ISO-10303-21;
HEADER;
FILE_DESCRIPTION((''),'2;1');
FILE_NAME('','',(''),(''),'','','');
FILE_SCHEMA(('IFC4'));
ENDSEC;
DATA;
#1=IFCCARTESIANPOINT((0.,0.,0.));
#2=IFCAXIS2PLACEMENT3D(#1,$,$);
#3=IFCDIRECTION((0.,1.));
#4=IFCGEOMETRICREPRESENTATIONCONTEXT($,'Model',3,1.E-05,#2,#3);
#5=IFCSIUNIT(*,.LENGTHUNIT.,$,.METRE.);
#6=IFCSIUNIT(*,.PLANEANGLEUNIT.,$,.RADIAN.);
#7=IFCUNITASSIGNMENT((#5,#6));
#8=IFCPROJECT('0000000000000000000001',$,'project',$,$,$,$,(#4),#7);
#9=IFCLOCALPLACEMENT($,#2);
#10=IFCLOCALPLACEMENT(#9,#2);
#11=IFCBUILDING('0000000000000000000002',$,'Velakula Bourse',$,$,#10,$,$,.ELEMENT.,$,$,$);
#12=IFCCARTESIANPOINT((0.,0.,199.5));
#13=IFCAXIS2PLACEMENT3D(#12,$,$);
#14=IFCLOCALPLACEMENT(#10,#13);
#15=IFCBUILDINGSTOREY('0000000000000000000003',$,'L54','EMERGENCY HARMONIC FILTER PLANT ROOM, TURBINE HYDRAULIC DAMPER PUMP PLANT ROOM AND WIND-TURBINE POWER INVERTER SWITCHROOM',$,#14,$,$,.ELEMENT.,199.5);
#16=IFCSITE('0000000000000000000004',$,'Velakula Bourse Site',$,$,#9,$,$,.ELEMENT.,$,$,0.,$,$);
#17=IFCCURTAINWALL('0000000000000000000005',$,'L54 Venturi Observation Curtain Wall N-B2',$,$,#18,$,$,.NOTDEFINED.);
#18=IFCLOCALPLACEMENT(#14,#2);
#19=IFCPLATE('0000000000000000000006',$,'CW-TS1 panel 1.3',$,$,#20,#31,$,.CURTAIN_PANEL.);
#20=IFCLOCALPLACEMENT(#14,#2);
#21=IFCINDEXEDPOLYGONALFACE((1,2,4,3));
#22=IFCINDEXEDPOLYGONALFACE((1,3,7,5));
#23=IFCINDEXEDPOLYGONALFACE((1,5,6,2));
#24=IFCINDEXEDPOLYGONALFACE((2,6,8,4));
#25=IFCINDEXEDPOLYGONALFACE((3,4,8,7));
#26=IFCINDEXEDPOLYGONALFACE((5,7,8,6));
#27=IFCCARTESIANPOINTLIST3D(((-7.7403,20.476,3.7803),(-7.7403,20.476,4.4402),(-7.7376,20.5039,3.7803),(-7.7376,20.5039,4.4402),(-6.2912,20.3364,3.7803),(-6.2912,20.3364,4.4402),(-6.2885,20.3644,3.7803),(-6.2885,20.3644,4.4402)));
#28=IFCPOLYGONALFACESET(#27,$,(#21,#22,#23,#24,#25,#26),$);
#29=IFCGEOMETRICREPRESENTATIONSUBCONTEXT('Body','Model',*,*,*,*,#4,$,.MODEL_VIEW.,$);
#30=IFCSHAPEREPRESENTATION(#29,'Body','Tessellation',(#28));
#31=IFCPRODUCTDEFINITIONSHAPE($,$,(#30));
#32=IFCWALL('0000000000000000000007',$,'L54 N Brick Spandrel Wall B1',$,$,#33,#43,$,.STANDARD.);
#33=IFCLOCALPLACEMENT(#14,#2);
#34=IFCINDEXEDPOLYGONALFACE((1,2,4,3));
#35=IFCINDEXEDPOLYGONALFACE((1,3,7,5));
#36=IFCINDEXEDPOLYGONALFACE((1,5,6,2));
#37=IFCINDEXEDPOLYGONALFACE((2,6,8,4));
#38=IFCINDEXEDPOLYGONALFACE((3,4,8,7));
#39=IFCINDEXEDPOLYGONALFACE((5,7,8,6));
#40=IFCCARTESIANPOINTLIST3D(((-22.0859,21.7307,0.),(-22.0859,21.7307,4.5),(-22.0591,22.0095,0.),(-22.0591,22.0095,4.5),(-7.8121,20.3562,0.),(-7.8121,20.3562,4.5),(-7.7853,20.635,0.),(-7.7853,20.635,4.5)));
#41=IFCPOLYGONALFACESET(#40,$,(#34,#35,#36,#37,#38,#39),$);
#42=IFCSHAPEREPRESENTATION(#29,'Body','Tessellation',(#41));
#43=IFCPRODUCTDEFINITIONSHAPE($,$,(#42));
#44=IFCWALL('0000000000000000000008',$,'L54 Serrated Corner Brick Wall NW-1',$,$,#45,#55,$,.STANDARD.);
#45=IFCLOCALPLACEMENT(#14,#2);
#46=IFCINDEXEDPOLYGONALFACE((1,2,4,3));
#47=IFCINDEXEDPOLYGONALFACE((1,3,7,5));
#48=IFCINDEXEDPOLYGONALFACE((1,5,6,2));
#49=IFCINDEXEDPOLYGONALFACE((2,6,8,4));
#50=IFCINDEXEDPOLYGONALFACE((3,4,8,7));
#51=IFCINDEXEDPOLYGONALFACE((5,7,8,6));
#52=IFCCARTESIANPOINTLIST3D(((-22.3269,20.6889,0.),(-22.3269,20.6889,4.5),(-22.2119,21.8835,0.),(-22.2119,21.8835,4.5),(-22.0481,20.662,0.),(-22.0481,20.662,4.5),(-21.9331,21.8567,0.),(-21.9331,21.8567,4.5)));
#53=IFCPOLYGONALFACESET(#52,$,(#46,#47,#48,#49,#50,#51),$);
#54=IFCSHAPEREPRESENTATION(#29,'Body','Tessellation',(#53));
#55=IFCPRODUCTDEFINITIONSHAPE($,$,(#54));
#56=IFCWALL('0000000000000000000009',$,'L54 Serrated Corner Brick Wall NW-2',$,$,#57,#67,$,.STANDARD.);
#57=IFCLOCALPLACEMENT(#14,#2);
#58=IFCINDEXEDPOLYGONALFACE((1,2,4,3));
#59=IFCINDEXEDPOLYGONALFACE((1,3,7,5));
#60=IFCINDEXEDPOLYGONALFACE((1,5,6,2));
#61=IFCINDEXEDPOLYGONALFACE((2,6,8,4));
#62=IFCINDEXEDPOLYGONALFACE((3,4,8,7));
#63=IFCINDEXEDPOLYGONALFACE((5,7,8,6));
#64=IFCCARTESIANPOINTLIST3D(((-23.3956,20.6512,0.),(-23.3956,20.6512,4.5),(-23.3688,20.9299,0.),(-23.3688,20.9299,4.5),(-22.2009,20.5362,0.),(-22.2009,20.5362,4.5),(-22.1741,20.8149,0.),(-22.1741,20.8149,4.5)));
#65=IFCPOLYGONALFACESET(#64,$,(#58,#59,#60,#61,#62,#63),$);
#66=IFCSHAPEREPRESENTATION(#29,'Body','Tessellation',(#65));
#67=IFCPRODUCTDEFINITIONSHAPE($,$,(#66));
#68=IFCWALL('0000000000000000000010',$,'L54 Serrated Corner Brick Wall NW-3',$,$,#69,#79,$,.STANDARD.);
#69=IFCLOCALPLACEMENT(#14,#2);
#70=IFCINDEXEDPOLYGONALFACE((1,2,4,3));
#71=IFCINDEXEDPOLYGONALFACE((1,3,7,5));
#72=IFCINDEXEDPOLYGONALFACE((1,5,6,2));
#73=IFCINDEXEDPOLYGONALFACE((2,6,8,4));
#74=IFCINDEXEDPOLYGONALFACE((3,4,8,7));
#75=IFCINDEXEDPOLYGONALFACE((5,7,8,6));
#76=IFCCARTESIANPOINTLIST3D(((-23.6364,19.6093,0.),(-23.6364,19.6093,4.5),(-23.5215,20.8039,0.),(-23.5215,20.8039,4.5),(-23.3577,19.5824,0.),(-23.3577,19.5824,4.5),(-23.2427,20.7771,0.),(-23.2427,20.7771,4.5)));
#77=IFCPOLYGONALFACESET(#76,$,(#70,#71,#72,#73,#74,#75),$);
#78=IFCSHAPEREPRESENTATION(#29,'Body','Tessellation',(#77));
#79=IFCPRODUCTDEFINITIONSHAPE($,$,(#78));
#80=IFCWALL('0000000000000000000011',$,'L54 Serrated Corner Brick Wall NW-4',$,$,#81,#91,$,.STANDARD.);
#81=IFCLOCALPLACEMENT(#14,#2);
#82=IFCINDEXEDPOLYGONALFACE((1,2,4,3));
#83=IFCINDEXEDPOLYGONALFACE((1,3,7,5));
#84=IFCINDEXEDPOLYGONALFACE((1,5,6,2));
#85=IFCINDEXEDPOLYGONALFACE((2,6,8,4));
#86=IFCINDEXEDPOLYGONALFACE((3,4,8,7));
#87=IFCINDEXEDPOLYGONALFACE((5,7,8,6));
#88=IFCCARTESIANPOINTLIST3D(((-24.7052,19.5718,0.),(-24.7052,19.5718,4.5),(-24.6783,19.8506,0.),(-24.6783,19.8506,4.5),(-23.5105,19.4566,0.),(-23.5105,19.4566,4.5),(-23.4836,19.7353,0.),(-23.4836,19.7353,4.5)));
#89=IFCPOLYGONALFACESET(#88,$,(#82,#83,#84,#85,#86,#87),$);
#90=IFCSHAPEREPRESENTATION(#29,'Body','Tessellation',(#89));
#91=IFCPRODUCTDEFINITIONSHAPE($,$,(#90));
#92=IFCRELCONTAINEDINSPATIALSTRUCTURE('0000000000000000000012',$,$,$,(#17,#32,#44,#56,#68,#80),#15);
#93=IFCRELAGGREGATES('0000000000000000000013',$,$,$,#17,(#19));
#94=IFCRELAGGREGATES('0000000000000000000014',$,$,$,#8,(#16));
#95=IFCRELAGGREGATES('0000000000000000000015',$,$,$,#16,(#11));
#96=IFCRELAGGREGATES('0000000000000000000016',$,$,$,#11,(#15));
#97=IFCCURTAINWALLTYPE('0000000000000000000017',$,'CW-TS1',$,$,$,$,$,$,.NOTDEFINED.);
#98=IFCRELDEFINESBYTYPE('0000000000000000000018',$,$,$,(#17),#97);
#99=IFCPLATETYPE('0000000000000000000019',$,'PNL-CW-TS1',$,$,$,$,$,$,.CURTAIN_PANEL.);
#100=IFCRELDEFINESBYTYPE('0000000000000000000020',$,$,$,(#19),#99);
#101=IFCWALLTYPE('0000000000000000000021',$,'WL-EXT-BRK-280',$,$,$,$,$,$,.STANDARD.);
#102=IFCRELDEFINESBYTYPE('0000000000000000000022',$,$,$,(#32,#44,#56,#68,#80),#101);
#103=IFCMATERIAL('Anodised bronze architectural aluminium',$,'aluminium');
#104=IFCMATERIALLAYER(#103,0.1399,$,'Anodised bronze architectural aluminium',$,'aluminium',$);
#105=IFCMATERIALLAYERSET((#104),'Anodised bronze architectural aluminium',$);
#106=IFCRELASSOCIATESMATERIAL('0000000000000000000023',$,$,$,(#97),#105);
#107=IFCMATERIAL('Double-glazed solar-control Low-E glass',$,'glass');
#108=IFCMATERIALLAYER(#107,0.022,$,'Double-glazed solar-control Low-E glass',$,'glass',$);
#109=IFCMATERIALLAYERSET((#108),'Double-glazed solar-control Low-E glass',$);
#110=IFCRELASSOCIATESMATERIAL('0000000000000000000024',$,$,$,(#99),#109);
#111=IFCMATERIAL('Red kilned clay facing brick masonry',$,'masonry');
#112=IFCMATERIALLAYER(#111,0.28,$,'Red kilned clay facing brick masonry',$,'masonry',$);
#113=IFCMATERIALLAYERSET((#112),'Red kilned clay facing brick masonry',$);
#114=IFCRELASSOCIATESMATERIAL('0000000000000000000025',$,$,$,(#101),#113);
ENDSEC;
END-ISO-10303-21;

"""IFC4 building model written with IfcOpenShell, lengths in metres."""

from ifc_helpers import new_model, si_unit, direction, frame, frame_2d, origin, origin_2d, place, context, subcontext, project, spatial, rectangle, extrude, material, layer, layer_set, type_object, element, aggregate, save


model = new_model("IFC4")

# Units and contexts
model_context = context("Model", 3, precision=1e-05, world=origin(), true_north=direction((0.0, 1.0)))
body_context = subcontext(model_context, "Body", "Model", "MODEL_VIEW")
ifc_project = project(units=[si_unit("LENGTHUNIT", "METRE"), si_unit("PLANEANGLEUNIT", "RADIAN")], contexts=[model_context])

# Site, building, storey
site_placement = place(None, origin())
site = spatial("IfcSite", under=ifc_project, at=site_placement, Name="Velakula Bourse Site", CompositionType="ELEMENT", RefElevation=0.0)
building_placement = place(site_placement, origin())
building = spatial("IfcBuilding", under=site, at=building_placement, Name="Velakula Bourse", CompositionType="ELEMENT")
storey_placement = place(building_placement, frame((0.0, 0.0, 199.5)))
storey = spatial("IfcBuildingStorey", under=building, at=storey_placement, Name="L54", Description="EMERGENCY HARMONIC FILTER PLANT ROOM, TURBINE HYDRAULIC DAMPER PUMP PLANT ROOM AND WIND-TURBINE POWER INVERTER SWITCHROOM", CompositionType="ELEMENT", Elevation=199.5)

# Curtain wall
ifc_material_1 = material(Name="Anodised bronze architectural aluminium", Category="aluminium")
ifc_layer_1 = layer(ifc_material_1, 0.1399, Name="Anodised bronze architectural aluminium", Category="aluminium")
ifc_layer_set_1 = layer_set([ifc_layer_1], Name="Anodised bronze architectural aluminium")
curtain_wall_type = type_object("IfcCurtainWallType", Name="CW-TS1", PredefinedType="NOTDEFINED", material=ifc_layer_set_1)
curtain_wall_placement = place(storey_placement, origin())
curtain_wall = element("IfcCurtainWall", 1, at=curtain_wall_placement, inside=storey, type_object=curtain_wall_type, Name="L54 Venturi Observation Curtain Wall N-B2", PredefinedType="NOTDEFINED")

# Plate
ifc_material_2 = material(Name="Double-glazed solar-control Low-E glass", Category="glass")
ifc_layer_2 = layer(ifc_material_2, 0.022, Name="Double-glazed solar-control Low-E glass", Category="glass")
ifc_layer_set_2 = layer_set([ifc_layer_2], Name="Double-glazed solar-control Low-E glass")
plate_type_1 = type_object("IfcPlateType", Name="PNL-CW-TS1", PredefinedType="CURTAIN_PANEL", material=ifc_layer_set_2)
plate_1_placement = place(storey_placement, frame((-7.0144, 20.4202, 3.7803), z_axis=(0.0, 0.0, 1.0), x_axis=(0.995396, -0.095849, 0.0)))
plate_1 = element("IfcPlate", 2, at=plate_1_placement, type_object=plate_type_1, Name="CW-TS1 panel 1.3", PredefinedType="CURTAIN_PANEL", context=body_context, shape_type="SweptSolid", body=[
    extrude(rectangle(XDim=1.4558, YDim=0.0281, at=origin_2d()), origin(), (0.0, 0.0, 1.0), 0.6599),
])
aggregate(curtain_wall, [plate_1])

# Walls
ifc_material_3 = material(Name="Red kilned clay facing brick masonry", Category="masonry")
ifc_layer_3 = layer(ifc_material_3, 0.28, Name="Red kilned clay facing brick masonry", Category="masonry")
ifc_layer_set_3 = layer_set([ifc_layer_3], Name="Red kilned clay facing brick masonry")
wall_type = type_object("IfcWallType", Name="WL-EXT-BRK-280", PredefinedType="STANDARD", material=ifc_layer_set_3)
wall_placement = place(storey_placement, frame((-22.0725, 21.8701, 0.0), z_axis=(0.0, 0.0, 1.0), x_axis=(0.995396, -0.095852, 0.0)))
element("IfcWall", 3, at=wall_placement, inside=storey, type_object=wall_type, Name="L54 N Brick Spandrel Wall B1", PredefinedType="STANDARD", context=body_context, shape_type="SweptSolid", body=[
    extrude(rectangle(XDim=14.3398, YDim=0.28, at=frame_2d((7.1699, 0.0))), origin(), (0.0, 0.0, 1.0), 4.5),
])
for number, where, z_axis, x_axis, name in (
    (4, (-22.0725, 21.8701, 0.0), (0.0, 0.0, 1.0), (-0.095817, -0.995399, 0.0), "L54 Serrated Corner Brick Wall NW-1"),
    (5, (-22.1875, 20.6755, 0.0), (0.0, 0.0, 1.0), (-0.995399, 0.095817, 0.0), "L54 Serrated Corner Brick Wall NW-2"),
    (6, (-23.3821, 20.7905, 0.0), (0.0, 0.0, 1.0), (-0.095817, -0.995399, 0.0), "L54 Serrated Corner Brick Wall NW-3"),
    (7, (-23.4971, 19.5959, 0.0), (0.0, 0.0, 1.0), (-0.99538, 0.096019, 0.0), "L54 Serrated Corner Brick Wall NW-4"),
):
    element("IfcWall", number, at=place(storey_placement, frame(where, z_axis=z_axis, x_axis=x_axis)), inside=storey, type_object=wall_type, Name=name, PredefinedType="STANDARD", context=body_context, shape_type="SweptSolid", body=[
        extrude(rectangle(XDim=1.2002, YDim=0.28, at=frame_2d((0.6001, 0.0))), origin(), (0.0, 0.0, 1.0), 4.5),
    ])

save(model, "model.ifc")
